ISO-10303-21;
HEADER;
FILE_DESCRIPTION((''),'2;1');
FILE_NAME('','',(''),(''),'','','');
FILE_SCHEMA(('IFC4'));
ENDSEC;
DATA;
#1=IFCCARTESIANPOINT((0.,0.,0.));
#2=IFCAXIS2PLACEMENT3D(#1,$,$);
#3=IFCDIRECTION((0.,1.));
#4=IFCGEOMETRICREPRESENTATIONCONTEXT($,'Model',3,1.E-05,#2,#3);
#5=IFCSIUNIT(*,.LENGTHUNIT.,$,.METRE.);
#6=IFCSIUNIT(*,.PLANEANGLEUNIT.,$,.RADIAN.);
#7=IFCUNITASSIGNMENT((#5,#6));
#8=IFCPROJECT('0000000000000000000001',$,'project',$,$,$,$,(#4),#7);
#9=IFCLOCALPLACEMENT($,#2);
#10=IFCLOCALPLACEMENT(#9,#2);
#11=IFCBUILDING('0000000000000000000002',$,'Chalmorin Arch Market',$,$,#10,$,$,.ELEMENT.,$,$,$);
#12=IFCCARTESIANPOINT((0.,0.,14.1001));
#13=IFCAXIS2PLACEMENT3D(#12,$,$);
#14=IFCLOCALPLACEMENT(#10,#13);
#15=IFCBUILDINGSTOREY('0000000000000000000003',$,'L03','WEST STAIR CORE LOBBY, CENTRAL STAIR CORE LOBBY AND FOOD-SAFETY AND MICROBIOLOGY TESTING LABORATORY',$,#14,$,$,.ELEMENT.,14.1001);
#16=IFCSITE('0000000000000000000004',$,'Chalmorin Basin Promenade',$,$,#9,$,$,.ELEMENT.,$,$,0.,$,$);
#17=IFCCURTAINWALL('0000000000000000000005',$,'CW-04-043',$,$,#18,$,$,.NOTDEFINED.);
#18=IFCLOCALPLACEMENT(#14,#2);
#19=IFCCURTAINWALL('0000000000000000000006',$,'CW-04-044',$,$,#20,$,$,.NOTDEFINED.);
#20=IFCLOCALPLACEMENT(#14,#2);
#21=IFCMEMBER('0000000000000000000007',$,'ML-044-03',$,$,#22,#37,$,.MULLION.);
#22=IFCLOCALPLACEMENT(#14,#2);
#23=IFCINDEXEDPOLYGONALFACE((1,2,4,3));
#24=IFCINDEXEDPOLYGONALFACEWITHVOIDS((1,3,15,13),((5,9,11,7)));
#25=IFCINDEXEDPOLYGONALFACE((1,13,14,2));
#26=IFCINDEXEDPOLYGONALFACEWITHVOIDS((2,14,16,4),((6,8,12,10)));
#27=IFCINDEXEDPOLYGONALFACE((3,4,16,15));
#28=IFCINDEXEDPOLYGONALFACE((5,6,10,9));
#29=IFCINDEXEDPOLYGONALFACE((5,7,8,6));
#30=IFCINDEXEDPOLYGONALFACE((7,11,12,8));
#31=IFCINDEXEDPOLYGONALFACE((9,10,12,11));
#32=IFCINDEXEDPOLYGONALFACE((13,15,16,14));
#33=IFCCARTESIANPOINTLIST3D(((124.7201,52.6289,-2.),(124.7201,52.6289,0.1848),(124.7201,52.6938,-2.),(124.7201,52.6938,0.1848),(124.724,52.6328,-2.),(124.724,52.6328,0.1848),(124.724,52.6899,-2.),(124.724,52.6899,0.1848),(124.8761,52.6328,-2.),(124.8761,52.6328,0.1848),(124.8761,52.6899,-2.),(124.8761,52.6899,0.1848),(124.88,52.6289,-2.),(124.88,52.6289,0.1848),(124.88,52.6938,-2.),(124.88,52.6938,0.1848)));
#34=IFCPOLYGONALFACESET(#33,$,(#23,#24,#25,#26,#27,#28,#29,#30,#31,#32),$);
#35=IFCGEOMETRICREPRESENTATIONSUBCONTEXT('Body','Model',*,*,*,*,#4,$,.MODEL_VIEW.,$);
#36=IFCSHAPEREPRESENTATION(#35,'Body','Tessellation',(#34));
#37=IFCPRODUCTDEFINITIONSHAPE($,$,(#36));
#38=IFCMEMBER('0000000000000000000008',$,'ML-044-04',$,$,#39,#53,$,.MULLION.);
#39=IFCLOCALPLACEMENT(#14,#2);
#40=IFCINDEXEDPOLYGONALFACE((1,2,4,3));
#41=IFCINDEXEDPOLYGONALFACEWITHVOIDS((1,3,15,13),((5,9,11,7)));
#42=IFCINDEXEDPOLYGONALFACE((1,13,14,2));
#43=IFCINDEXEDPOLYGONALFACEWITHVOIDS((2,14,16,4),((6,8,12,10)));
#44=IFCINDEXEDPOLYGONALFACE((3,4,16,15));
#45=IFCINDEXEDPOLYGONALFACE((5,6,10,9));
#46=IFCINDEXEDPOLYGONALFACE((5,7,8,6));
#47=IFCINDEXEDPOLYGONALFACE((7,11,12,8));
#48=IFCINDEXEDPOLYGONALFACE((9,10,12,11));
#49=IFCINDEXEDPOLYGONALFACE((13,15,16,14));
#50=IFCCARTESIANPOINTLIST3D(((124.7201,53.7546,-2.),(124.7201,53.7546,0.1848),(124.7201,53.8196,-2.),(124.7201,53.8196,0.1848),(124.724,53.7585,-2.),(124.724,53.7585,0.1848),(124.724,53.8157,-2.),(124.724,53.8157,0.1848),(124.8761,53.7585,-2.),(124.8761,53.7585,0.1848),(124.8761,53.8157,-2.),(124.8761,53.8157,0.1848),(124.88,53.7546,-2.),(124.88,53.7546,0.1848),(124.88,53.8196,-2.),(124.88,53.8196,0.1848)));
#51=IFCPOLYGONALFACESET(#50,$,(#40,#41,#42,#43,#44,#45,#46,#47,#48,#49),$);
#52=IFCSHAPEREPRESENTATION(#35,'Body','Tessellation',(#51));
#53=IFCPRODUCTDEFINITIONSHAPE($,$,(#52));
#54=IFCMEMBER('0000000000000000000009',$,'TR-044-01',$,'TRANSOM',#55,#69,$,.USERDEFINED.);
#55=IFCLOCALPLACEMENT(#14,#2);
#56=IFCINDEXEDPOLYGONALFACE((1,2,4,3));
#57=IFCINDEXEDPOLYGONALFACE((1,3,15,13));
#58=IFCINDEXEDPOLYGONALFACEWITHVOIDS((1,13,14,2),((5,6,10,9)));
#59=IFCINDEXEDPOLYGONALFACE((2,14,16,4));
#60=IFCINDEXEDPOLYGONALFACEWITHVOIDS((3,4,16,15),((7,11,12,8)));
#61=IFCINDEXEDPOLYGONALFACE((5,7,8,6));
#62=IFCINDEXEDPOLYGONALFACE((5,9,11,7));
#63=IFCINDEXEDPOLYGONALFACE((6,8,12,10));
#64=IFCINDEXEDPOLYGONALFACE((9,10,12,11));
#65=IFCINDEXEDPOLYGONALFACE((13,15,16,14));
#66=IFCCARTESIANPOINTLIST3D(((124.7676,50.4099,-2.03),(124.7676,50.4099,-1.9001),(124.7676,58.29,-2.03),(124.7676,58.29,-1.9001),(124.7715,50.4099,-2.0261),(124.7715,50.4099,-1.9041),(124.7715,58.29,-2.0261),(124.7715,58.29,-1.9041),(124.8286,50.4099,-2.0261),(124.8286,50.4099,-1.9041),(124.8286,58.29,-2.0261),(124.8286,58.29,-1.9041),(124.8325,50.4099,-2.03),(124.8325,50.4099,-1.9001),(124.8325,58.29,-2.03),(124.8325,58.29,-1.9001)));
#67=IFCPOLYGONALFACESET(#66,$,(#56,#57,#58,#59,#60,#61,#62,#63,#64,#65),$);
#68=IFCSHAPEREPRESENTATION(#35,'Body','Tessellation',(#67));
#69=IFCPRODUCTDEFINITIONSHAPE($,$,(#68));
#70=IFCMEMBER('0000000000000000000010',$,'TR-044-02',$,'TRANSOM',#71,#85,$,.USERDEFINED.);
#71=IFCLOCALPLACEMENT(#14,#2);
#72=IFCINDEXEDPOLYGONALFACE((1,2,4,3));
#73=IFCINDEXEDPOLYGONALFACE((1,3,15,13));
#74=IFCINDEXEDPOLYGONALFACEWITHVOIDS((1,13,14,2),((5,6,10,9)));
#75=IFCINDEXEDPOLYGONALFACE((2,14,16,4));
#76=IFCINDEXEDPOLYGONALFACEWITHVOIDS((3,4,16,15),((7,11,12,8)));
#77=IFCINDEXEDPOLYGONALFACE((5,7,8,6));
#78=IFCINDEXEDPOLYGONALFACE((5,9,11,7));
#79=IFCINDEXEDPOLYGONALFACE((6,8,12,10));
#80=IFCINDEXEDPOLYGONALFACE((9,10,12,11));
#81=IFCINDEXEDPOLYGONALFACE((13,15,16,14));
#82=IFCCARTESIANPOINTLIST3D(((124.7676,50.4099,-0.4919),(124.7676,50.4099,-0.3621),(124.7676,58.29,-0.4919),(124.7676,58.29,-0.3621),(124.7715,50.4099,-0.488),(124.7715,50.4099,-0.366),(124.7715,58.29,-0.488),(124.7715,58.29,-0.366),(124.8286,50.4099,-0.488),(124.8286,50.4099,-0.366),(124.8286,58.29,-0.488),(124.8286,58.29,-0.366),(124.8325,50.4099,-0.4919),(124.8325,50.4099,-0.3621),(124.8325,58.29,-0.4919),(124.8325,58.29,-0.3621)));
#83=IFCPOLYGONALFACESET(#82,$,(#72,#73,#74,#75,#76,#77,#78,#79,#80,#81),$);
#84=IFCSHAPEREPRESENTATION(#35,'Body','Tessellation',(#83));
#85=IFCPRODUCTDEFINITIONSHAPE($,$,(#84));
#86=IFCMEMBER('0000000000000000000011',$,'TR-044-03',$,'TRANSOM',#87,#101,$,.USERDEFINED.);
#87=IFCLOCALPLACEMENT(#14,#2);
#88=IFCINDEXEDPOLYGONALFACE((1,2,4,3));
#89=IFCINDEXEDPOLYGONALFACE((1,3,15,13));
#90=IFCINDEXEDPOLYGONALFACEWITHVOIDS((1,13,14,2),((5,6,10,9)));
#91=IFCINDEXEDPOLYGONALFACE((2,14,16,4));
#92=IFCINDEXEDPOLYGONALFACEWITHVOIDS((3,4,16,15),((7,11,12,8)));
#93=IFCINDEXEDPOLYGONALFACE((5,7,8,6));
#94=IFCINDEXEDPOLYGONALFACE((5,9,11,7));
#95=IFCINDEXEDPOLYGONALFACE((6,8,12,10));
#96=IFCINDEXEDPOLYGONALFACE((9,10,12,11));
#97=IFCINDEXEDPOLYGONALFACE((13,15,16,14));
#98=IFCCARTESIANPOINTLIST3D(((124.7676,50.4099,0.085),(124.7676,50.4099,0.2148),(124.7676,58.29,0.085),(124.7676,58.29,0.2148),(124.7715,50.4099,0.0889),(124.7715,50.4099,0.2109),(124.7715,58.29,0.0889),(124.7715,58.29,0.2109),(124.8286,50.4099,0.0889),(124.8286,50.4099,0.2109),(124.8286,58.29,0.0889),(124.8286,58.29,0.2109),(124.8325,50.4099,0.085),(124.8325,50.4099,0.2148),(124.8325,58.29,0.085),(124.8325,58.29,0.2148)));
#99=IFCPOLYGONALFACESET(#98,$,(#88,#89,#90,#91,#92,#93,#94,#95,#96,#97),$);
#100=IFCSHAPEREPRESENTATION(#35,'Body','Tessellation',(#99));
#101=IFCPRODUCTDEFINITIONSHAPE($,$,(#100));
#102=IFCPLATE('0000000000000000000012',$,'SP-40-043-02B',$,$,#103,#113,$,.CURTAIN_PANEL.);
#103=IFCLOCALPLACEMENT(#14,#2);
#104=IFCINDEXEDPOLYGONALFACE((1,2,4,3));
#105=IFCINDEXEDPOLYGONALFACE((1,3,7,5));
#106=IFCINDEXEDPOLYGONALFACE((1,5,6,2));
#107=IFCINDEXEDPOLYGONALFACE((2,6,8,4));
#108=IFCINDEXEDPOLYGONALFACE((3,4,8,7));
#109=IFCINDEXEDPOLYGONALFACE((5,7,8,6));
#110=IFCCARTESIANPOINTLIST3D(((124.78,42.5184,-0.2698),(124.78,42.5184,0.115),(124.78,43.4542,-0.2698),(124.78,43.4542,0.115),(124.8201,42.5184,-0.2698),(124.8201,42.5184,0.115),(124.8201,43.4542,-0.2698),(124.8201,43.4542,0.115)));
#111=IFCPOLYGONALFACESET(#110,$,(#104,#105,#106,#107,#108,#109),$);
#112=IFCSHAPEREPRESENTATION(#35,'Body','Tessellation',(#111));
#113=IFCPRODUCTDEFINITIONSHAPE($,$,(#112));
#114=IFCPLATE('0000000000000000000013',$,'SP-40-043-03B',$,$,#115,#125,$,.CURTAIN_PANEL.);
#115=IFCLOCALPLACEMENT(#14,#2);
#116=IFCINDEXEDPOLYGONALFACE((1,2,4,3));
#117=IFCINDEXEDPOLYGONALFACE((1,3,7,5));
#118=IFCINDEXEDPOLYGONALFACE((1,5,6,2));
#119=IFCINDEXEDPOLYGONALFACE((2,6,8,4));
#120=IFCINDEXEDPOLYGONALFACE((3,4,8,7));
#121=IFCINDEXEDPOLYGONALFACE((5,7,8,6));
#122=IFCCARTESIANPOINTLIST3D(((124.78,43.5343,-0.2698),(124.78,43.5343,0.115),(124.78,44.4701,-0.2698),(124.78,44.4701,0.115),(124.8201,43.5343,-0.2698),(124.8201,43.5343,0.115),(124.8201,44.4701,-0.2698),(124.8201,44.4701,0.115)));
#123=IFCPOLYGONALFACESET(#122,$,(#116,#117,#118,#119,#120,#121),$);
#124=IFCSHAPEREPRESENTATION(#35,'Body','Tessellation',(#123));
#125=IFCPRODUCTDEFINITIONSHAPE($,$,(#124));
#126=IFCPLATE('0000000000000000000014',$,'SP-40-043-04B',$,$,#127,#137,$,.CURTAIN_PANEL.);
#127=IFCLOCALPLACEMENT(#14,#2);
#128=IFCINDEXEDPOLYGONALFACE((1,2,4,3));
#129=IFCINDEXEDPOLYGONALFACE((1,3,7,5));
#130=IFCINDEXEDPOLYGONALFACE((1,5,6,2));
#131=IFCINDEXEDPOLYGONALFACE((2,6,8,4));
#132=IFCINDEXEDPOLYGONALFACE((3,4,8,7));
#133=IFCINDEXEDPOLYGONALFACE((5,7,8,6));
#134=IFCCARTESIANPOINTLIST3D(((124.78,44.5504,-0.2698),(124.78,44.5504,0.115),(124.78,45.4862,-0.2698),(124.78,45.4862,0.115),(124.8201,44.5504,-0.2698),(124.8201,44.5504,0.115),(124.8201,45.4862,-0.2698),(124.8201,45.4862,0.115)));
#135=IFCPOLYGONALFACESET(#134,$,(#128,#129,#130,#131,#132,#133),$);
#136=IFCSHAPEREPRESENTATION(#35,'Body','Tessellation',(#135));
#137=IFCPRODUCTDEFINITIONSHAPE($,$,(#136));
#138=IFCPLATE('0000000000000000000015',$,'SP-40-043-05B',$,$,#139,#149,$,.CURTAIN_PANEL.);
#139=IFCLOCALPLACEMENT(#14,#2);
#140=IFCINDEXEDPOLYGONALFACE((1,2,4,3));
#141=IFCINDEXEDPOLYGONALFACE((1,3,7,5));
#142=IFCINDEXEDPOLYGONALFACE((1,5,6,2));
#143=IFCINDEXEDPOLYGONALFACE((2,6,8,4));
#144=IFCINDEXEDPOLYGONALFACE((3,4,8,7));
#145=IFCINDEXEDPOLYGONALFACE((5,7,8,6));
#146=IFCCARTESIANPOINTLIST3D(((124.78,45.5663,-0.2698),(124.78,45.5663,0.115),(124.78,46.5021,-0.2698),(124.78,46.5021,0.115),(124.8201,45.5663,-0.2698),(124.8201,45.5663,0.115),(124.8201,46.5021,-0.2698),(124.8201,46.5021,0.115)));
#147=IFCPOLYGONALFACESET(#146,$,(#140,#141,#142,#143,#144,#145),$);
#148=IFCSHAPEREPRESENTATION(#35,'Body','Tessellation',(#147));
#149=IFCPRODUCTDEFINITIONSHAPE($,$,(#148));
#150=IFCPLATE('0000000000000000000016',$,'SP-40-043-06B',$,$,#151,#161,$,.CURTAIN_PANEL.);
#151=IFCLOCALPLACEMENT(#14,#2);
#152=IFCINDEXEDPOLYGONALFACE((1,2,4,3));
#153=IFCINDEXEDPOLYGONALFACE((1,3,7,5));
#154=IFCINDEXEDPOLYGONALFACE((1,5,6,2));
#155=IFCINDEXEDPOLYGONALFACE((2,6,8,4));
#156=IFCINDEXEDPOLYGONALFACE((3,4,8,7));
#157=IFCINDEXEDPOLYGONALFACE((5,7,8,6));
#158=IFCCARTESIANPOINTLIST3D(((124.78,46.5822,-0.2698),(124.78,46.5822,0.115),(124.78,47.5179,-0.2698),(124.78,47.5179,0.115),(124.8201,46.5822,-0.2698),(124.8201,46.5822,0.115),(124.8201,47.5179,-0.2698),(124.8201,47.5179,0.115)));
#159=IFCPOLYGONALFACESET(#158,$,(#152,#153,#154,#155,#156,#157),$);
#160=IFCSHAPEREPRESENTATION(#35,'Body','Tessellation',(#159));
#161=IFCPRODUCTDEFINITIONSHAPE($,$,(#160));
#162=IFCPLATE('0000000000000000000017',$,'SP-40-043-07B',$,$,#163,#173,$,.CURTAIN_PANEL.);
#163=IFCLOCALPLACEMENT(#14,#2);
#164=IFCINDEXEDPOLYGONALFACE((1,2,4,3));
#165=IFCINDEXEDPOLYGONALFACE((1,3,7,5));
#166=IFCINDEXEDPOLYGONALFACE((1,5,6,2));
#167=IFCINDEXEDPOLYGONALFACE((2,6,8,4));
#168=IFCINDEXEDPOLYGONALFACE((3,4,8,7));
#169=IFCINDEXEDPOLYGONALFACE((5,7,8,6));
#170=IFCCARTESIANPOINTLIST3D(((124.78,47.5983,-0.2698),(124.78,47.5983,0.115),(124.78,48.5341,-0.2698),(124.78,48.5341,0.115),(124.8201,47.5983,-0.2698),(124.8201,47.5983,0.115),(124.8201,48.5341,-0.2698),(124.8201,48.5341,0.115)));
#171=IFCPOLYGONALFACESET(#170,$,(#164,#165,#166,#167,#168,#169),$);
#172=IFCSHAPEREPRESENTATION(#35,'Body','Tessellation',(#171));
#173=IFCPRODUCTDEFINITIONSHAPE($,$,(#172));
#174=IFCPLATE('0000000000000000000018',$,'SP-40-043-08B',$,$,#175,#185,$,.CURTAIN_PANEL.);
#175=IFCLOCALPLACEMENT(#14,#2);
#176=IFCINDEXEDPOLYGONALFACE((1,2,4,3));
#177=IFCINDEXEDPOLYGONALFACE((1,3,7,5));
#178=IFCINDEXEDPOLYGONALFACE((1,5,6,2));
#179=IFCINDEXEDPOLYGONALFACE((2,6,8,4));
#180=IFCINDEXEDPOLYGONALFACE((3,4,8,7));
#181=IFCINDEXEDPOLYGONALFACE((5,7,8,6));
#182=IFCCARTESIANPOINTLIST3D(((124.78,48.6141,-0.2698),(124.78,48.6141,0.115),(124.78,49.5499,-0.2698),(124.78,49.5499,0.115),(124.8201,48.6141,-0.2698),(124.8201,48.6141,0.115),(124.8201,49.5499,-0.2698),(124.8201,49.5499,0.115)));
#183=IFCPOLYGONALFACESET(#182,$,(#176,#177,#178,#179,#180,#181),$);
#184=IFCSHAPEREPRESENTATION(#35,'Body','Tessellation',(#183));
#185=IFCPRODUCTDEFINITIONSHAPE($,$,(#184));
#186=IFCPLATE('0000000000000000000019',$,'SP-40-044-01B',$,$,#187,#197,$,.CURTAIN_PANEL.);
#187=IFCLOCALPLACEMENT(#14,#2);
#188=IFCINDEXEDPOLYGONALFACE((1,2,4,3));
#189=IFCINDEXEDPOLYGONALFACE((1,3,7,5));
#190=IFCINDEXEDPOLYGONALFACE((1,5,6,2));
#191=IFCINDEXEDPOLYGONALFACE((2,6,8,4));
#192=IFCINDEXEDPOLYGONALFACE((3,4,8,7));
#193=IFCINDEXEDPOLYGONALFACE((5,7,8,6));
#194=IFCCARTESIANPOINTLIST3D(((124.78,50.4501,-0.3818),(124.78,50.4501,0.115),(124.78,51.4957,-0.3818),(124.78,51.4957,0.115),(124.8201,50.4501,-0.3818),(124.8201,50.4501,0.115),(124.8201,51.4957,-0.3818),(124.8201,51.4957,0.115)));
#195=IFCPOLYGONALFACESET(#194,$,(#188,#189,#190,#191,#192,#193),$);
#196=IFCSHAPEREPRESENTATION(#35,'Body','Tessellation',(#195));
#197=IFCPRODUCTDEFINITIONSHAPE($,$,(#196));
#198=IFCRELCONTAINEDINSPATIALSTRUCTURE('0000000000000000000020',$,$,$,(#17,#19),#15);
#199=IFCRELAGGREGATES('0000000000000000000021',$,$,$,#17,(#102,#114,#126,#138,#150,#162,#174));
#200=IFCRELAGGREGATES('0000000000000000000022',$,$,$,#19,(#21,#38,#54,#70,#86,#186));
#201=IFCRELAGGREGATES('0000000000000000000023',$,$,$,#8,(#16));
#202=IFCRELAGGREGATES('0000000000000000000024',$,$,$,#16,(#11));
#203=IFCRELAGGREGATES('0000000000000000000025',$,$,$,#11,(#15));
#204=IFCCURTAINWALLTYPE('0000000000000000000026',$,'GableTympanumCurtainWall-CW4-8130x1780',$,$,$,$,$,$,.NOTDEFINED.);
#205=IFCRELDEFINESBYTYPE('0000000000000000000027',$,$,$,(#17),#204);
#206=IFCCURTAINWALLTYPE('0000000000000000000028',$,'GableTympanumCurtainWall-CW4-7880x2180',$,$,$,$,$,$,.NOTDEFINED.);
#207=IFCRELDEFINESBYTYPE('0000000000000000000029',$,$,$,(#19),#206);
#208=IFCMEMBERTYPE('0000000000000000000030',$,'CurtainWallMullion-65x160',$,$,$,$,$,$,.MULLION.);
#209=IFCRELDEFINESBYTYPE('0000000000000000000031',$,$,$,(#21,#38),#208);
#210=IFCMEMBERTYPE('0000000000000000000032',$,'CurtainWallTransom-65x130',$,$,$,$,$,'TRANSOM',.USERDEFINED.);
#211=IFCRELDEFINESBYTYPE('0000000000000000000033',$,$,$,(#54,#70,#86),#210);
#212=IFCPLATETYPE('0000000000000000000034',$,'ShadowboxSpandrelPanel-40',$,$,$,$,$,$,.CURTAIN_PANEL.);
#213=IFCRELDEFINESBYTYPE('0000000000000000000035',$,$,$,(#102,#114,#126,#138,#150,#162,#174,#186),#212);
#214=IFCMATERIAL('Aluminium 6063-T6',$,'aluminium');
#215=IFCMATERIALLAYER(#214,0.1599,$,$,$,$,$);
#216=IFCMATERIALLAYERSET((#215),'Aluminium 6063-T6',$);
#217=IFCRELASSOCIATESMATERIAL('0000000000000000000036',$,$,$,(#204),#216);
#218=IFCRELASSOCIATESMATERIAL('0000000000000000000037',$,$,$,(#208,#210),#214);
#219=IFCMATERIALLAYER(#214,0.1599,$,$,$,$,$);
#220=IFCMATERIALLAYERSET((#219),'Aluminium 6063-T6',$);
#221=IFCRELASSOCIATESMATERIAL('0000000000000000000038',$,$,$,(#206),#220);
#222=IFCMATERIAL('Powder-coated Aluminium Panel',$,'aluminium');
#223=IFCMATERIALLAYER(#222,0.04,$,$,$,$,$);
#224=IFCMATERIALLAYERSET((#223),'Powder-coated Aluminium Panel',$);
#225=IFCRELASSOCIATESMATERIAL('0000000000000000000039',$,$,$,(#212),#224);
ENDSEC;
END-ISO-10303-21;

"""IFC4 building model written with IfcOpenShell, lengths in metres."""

from ifc_helpers import new_model, si_unit, direction, frame, origin, origin_2d, place, context, subcontext, project, spatial, rectangle, hollow_rectangle, extrude, material, layer, layer_set, material_profile, profile_set, type_object, element, aggregate, save


model = new_model("IFC4")

# Units and contexts
model_context = context("Model", 3, precision=1e-05, world=origin(), true_north=direction((0.0, 1.0)))
body_context = subcontext(model_context, "Body", "Model", "MODEL_VIEW")
ifc_project = project(units=[si_unit("LENGTHUNIT", "METRE"), si_unit("PLANEANGLEUNIT", "RADIAN")], contexts=[model_context])

# Site, building, storey
site_placement = place(None, origin())
site = spatial("IfcSite", under=ifc_project, at=site_placement, Name="Chalmorin Basin Promenade", CompositionType="ELEMENT", RefElevation=0.0)
building_placement = place(site_placement, origin())
building = spatial("IfcBuilding", under=site, at=building_placement, Name="Chalmorin Arch Market", CompositionType="ELEMENT")
storey_placement = place(building_placement, frame((0.0, 0.0, 14.1001)))
storey = spatial("IfcBuildingStorey", under=building, at=storey_placement, Name="L03", Description="WEST STAIR CORE LOBBY, CENTRAL STAIR CORE LOBBY AND FOOD-SAFETY AND MICROBIOLOGY TESTING LABORATORY", CompositionType="ELEMENT", Elevation=14.1001)

# Curtain walls, members
ifc_material_1 = material(Name="Aluminium 6063-T6", Category="aluminium")
ifc_layer_1 = layer(ifc_material_1, 0.1599)
ifc_layer_set_1 = layer_set([ifc_layer_1], Name="Aluminium 6063-T6")
curtain_wall_type_1 = type_object("IfcCurtainWallType", Name="GableTympanumCurtainWall-CW4-8130x1780", PredefinedType="NOTDEFINED", material=ifc_layer_set_1)
curtain_wall_1_placement = place(storey_placement, origin())
curtain_wall_1 = element("IfcCurtainWall", 1, at=curtain_wall_1_placement, inside=storey, type_object=curtain_wall_type_1, Name="CW-04-043", PredefinedType="NOTDEFINED")
ifc_material_profile_1 = material_profile(ifc_material_1, hollow_rectangle(XDim=0.0649, YDim=0.1599, WallThickness=0.0039, at=origin_2d()), Name="ALU65X160X4")
ifc_profile_set_1 = profile_set([ifc_material_profile_1], Name="Aluminium 6063-T6")
member_type_1 = type_object("IfcMemberType", Name="CurtainWallMullion-65x160", PredefinedType="MULLION", material=ifc_profile_set_1)
ifc_layer_2 = layer(ifc_material_1, 0.1599)
ifc_layer_set_2 = layer_set([ifc_layer_2], Name="Aluminium 6063-T6")
curtain_wall_type_2 = type_object("IfcCurtainWallType", Name="GableTympanumCurtainWall-CW4-7880x2180", PredefinedType="NOTDEFINED", material=ifc_layer_set_2)
curtain_wall_2_placement = place(storey_placement, origin())
curtain_wall_2 = element("IfcCurtainWall", 2, at=curtain_wall_2_placement, inside=storey, type_object=curtain_wall_type_2, Name="CW-04-044", PredefinedType="NOTDEFINED")
member_1_placement = place(storey_placement, frame((124.8, 52.6614, -2.0), z_axis=(0.0, 0.0, 1.0), x_axis=(0.0, 1.0, 0.0)))
member_1 = element("IfcMember", 3, at=member_1_placement, type_object=member_type_1, Name="ML-044-03", PredefinedType="MULLION", context=body_context, shape_type="SweptSolid", body=[
    extrude(hollow_rectangle(XDim=0.0649, YDim=0.1599, WallThickness=0.0039, at=origin_2d()), origin(), (0.0, 0.0, 1.0), 2.1848),
])
member_2_placement = place(storey_placement, frame((124.8, 53.7871, -2.0), z_axis=(0.0, 0.0, 1.0), x_axis=(0.0, 1.0, 0.0)))
member_2 = element("IfcMember", 4, at=member_2_placement, type_object=member_type_1, Name="ML-044-04", PredefinedType="MULLION", context=body_context, shape_type="SweptSolid", body=[
    extrude(hollow_rectangle(XDim=0.0649, YDim=0.1599, WallThickness=0.0039, at=origin_2d()), origin(), (0.0, 0.0, 1.0), 2.1848),
])
ifc_material_profile_2 = material_profile(ifc_material_1, hollow_rectangle(XDim=0.0649, YDim=0.1299, WallThickness=0.0039, at=origin_2d()), Name="ALU65X130X4")
ifc_profile_set_2 = profile_set([ifc_material_profile_2], Name="Aluminium 6063-T6")
member_type_2 = type_object("IfcMemberType", Name="CurtainWallTransom-65x130", ElementType="TRANSOM", PredefinedType="USERDEFINED", material=ifc_profile_set_2)
member_3_placement = place(storey_placement, frame((124.8, 50.4099, -1.9651), z_axis=(0.0, 1.0, 0.0), x_axis=(-1.0, 0.0, 0.0)))
member_3 = element("IfcMember", 5, at=member_3_placement, type_object=member_type_2, Name="TR-044-01", ObjectType="TRANSOM", PredefinedType="USERDEFINED", context=body_context, shape_type="SweptSolid", body=[
    extrude(hollow_rectangle(XDim=0.0649, YDim=0.1299, WallThickness=0.0039, at=origin_2d()), origin(), (0.0, 0.0, 1.0), 7.8801),
])
member_4_placement = place(storey_placement, frame((124.8, 50.4099, -0.427), z_axis=(0.0, 1.0, 0.0), x_axis=(-1.0, 0.0, 0.0)))
member_4 = element("IfcMember", 6, at=member_4_placement, type_object=member_type_2, Name="TR-044-02", ObjectType="TRANSOM", PredefinedType="USERDEFINED", context=body_context, shape_type="SweptSolid", body=[
    extrude(hollow_rectangle(XDim=0.0649, YDim=0.1299, WallThickness=0.0039, at=origin_2d()), origin(), (0.0, 0.0, 1.0), 7.8801),
])
member_5_placement = place(storey_placement, frame((124.8, 50.4099, 0.1499), z_axis=(0.0, 1.0, 0.0), x_axis=(-1.0, 0.0, 0.0)))
member_5 = element("IfcMember", 7, at=member_5_placement, type_object=member_type_2, Name="TR-044-03", ObjectType="TRANSOM", PredefinedType="USERDEFINED", context=body_context, shape_type="SweptSolid", body=[
    extrude(hollow_rectangle(XDim=0.0649, YDim=0.1299, WallThickness=0.0039, at=origin_2d()), origin(), (0.0, 0.0, 1.0), 7.8801),
])

# Plates
ifc_material_2 = material(Name="Powder-coated Aluminium Panel", Category="aluminium")
ifc_layer_3 = layer(ifc_material_2, 0.04)
ifc_layer_set_3 = layer_set([ifc_layer_3], Name="Powder-coated Aluminium Panel")
plate_type_1 = type_object("IfcPlateType", Name="ShadowboxSpandrelPanel-40", PredefinedType="CURTAIN_PANEL", material=ifc_layer_set_3)
plate_1_placement = place(storey_placement, frame((124.8, 42.9863, -0.2698), z_axis=(0.0, 0.0, 1.0), x_axis=(0.0, 1.0, 0.0)))
plate_1 = element("IfcPlate", 8, at=plate_1_placement, type_object=plate_type_1, Name="SP-40-043-02B", PredefinedType="CURTAIN_PANEL", context=body_context, shape_type="SweptSolid", body=[
    extrude(rectangle(XDim=0.9358, YDim=0.04, at=origin_2d()), origin(), (0.0, 0.0, 1.0), 0.3848),
])
plate_2_placement = place(storey_placement, frame((124.8, 44.0022, -0.2698), z_axis=(0.0, 0.0, 1.0), x_axis=(0.0, 1.0, 0.0)))
plate_2 = element("IfcPlate", 9, at=plate_2_placement, type_object=plate_type_1, Name="SP-40-043-03B", PredefinedType="CURTAIN_PANEL", context=body_context, shape_type="SweptSolid", body=[
    extrude(rectangle(XDim=0.9358, YDim=0.04, at=origin_2d()), origin(), (0.0, 0.0, 1.0), 0.3848),
])
plate_3_placement = place(storey_placement, frame((124.8, 45.0183, -0.2698), z_axis=(0.0, 0.0, 1.0), x_axis=(0.0, 1.0, 0.0)))
plate_3 = element("IfcPlate", 10, at=plate_3_placement, type_object=plate_type_1, Name="SP-40-043-04B", PredefinedType="CURTAIN_PANEL", context=body_context, shape_type="SweptSolid", body=[
    extrude(rectangle(XDim=0.9358, YDim=0.04, at=origin_2d()), origin(), (0.0, 0.0, 1.0), 0.3848),
])
plate_4_placement = place(storey_placement, frame((124.8, 46.0342, -0.2698), z_axis=(0.0, 0.0, 1.0), x_axis=(0.0, 1.0, 0.0)))
plate_4 = element("IfcPlate", 11, at=plate_4_placement, type_object=plate_type_1, Name="SP-40-043-05B", PredefinedType="CURTAIN_PANEL", context=body_context, shape_type="SweptSolid", body=[
    extrude(rectangle(XDim=0.9358, YDim=0.04, at=origin_2d()), origin(), (0.0, 0.0, 1.0), 0.3848),
])
plate_5_placement = place(storey_placement, frame((124.8, 47.05, -0.2698), z_axis=(0.0, 0.0, 1.0), x_axis=(0.0, 1.0, 0.0)))
plate_5 = element("IfcPlate", 12, at=plate_5_placement, type_object=plate_type_1, Name="SP-40-043-06B", PredefinedType="CURTAIN_PANEL", context=body_context, shape_type="SweptSolid", body=[
    extrude(rectangle(XDim=0.9358, YDim=0.04, at=origin_2d()), origin(), (0.0, 0.0, 1.0), 0.3848),
])
plate_6_placement = place(storey_placement, frame((124.8, 48.0662, -0.2698), z_axis=(0.0, 0.0, 1.0), x_axis=(0.0, 1.0, 0.0)))
plate_6 = element("IfcPlate", 13, at=plate_6_placement, type_object=plate_type_1, Name="SP-40-043-07B", PredefinedType="CURTAIN_PANEL", context=body_context, shape_type="SweptSolid", body=[
    extrude(rectangle(XDim=0.9358, YDim=0.04, at=origin_2d()), origin(), (0.0, 0.0, 1.0), 0.3848),
])
plate_7_placement = place(storey_placement, frame((124.8, 49.082, -0.2698), z_axis=(0.0, 0.0, 1.0), x_axis=(0.0, 1.0, 0.0)))
plate_7 = element("IfcPlate", 14, at=plate_7_placement, type_object=plate_type_1, Name="SP-40-043-08B", PredefinedType="CURTAIN_PANEL", context=body_context, shape_type="SweptSolid", body=[
    extrude(rectangle(XDim=0.9358, YDim=0.04, at=origin_2d()), origin(), (0.0, 0.0, 1.0), 0.3848),
])
plate_8_placement = place(storey_placement, frame((124.8, 50.9729, -0.3818), z_axis=(0.0, 0.0, 1.0), x_axis=(0.0, 1.0, 0.0)))
plate_8 = element("IfcPlate", 15, at=plate_8_placement, type_object=plate_type_1, Name="SP-40-044-01B", PredefinedType="CURTAIN_PANEL", context=body_context, shape_type="SweptSolid", body=[
    extrude(rectangle(XDim=1.0457, YDim=0.04, at=origin_2d()), origin(), (0.0, 0.0, 1.0), 0.4968),
])
aggregate(curtain_wall_1, [plate_1, plate_2, plate_3, plate_4, plate_5, plate_6, plate_7])
aggregate(curtain_wall_2, [member_1, member_2, member_3, member_4, member_5, plate_8])

save(model, "model.ifc")
